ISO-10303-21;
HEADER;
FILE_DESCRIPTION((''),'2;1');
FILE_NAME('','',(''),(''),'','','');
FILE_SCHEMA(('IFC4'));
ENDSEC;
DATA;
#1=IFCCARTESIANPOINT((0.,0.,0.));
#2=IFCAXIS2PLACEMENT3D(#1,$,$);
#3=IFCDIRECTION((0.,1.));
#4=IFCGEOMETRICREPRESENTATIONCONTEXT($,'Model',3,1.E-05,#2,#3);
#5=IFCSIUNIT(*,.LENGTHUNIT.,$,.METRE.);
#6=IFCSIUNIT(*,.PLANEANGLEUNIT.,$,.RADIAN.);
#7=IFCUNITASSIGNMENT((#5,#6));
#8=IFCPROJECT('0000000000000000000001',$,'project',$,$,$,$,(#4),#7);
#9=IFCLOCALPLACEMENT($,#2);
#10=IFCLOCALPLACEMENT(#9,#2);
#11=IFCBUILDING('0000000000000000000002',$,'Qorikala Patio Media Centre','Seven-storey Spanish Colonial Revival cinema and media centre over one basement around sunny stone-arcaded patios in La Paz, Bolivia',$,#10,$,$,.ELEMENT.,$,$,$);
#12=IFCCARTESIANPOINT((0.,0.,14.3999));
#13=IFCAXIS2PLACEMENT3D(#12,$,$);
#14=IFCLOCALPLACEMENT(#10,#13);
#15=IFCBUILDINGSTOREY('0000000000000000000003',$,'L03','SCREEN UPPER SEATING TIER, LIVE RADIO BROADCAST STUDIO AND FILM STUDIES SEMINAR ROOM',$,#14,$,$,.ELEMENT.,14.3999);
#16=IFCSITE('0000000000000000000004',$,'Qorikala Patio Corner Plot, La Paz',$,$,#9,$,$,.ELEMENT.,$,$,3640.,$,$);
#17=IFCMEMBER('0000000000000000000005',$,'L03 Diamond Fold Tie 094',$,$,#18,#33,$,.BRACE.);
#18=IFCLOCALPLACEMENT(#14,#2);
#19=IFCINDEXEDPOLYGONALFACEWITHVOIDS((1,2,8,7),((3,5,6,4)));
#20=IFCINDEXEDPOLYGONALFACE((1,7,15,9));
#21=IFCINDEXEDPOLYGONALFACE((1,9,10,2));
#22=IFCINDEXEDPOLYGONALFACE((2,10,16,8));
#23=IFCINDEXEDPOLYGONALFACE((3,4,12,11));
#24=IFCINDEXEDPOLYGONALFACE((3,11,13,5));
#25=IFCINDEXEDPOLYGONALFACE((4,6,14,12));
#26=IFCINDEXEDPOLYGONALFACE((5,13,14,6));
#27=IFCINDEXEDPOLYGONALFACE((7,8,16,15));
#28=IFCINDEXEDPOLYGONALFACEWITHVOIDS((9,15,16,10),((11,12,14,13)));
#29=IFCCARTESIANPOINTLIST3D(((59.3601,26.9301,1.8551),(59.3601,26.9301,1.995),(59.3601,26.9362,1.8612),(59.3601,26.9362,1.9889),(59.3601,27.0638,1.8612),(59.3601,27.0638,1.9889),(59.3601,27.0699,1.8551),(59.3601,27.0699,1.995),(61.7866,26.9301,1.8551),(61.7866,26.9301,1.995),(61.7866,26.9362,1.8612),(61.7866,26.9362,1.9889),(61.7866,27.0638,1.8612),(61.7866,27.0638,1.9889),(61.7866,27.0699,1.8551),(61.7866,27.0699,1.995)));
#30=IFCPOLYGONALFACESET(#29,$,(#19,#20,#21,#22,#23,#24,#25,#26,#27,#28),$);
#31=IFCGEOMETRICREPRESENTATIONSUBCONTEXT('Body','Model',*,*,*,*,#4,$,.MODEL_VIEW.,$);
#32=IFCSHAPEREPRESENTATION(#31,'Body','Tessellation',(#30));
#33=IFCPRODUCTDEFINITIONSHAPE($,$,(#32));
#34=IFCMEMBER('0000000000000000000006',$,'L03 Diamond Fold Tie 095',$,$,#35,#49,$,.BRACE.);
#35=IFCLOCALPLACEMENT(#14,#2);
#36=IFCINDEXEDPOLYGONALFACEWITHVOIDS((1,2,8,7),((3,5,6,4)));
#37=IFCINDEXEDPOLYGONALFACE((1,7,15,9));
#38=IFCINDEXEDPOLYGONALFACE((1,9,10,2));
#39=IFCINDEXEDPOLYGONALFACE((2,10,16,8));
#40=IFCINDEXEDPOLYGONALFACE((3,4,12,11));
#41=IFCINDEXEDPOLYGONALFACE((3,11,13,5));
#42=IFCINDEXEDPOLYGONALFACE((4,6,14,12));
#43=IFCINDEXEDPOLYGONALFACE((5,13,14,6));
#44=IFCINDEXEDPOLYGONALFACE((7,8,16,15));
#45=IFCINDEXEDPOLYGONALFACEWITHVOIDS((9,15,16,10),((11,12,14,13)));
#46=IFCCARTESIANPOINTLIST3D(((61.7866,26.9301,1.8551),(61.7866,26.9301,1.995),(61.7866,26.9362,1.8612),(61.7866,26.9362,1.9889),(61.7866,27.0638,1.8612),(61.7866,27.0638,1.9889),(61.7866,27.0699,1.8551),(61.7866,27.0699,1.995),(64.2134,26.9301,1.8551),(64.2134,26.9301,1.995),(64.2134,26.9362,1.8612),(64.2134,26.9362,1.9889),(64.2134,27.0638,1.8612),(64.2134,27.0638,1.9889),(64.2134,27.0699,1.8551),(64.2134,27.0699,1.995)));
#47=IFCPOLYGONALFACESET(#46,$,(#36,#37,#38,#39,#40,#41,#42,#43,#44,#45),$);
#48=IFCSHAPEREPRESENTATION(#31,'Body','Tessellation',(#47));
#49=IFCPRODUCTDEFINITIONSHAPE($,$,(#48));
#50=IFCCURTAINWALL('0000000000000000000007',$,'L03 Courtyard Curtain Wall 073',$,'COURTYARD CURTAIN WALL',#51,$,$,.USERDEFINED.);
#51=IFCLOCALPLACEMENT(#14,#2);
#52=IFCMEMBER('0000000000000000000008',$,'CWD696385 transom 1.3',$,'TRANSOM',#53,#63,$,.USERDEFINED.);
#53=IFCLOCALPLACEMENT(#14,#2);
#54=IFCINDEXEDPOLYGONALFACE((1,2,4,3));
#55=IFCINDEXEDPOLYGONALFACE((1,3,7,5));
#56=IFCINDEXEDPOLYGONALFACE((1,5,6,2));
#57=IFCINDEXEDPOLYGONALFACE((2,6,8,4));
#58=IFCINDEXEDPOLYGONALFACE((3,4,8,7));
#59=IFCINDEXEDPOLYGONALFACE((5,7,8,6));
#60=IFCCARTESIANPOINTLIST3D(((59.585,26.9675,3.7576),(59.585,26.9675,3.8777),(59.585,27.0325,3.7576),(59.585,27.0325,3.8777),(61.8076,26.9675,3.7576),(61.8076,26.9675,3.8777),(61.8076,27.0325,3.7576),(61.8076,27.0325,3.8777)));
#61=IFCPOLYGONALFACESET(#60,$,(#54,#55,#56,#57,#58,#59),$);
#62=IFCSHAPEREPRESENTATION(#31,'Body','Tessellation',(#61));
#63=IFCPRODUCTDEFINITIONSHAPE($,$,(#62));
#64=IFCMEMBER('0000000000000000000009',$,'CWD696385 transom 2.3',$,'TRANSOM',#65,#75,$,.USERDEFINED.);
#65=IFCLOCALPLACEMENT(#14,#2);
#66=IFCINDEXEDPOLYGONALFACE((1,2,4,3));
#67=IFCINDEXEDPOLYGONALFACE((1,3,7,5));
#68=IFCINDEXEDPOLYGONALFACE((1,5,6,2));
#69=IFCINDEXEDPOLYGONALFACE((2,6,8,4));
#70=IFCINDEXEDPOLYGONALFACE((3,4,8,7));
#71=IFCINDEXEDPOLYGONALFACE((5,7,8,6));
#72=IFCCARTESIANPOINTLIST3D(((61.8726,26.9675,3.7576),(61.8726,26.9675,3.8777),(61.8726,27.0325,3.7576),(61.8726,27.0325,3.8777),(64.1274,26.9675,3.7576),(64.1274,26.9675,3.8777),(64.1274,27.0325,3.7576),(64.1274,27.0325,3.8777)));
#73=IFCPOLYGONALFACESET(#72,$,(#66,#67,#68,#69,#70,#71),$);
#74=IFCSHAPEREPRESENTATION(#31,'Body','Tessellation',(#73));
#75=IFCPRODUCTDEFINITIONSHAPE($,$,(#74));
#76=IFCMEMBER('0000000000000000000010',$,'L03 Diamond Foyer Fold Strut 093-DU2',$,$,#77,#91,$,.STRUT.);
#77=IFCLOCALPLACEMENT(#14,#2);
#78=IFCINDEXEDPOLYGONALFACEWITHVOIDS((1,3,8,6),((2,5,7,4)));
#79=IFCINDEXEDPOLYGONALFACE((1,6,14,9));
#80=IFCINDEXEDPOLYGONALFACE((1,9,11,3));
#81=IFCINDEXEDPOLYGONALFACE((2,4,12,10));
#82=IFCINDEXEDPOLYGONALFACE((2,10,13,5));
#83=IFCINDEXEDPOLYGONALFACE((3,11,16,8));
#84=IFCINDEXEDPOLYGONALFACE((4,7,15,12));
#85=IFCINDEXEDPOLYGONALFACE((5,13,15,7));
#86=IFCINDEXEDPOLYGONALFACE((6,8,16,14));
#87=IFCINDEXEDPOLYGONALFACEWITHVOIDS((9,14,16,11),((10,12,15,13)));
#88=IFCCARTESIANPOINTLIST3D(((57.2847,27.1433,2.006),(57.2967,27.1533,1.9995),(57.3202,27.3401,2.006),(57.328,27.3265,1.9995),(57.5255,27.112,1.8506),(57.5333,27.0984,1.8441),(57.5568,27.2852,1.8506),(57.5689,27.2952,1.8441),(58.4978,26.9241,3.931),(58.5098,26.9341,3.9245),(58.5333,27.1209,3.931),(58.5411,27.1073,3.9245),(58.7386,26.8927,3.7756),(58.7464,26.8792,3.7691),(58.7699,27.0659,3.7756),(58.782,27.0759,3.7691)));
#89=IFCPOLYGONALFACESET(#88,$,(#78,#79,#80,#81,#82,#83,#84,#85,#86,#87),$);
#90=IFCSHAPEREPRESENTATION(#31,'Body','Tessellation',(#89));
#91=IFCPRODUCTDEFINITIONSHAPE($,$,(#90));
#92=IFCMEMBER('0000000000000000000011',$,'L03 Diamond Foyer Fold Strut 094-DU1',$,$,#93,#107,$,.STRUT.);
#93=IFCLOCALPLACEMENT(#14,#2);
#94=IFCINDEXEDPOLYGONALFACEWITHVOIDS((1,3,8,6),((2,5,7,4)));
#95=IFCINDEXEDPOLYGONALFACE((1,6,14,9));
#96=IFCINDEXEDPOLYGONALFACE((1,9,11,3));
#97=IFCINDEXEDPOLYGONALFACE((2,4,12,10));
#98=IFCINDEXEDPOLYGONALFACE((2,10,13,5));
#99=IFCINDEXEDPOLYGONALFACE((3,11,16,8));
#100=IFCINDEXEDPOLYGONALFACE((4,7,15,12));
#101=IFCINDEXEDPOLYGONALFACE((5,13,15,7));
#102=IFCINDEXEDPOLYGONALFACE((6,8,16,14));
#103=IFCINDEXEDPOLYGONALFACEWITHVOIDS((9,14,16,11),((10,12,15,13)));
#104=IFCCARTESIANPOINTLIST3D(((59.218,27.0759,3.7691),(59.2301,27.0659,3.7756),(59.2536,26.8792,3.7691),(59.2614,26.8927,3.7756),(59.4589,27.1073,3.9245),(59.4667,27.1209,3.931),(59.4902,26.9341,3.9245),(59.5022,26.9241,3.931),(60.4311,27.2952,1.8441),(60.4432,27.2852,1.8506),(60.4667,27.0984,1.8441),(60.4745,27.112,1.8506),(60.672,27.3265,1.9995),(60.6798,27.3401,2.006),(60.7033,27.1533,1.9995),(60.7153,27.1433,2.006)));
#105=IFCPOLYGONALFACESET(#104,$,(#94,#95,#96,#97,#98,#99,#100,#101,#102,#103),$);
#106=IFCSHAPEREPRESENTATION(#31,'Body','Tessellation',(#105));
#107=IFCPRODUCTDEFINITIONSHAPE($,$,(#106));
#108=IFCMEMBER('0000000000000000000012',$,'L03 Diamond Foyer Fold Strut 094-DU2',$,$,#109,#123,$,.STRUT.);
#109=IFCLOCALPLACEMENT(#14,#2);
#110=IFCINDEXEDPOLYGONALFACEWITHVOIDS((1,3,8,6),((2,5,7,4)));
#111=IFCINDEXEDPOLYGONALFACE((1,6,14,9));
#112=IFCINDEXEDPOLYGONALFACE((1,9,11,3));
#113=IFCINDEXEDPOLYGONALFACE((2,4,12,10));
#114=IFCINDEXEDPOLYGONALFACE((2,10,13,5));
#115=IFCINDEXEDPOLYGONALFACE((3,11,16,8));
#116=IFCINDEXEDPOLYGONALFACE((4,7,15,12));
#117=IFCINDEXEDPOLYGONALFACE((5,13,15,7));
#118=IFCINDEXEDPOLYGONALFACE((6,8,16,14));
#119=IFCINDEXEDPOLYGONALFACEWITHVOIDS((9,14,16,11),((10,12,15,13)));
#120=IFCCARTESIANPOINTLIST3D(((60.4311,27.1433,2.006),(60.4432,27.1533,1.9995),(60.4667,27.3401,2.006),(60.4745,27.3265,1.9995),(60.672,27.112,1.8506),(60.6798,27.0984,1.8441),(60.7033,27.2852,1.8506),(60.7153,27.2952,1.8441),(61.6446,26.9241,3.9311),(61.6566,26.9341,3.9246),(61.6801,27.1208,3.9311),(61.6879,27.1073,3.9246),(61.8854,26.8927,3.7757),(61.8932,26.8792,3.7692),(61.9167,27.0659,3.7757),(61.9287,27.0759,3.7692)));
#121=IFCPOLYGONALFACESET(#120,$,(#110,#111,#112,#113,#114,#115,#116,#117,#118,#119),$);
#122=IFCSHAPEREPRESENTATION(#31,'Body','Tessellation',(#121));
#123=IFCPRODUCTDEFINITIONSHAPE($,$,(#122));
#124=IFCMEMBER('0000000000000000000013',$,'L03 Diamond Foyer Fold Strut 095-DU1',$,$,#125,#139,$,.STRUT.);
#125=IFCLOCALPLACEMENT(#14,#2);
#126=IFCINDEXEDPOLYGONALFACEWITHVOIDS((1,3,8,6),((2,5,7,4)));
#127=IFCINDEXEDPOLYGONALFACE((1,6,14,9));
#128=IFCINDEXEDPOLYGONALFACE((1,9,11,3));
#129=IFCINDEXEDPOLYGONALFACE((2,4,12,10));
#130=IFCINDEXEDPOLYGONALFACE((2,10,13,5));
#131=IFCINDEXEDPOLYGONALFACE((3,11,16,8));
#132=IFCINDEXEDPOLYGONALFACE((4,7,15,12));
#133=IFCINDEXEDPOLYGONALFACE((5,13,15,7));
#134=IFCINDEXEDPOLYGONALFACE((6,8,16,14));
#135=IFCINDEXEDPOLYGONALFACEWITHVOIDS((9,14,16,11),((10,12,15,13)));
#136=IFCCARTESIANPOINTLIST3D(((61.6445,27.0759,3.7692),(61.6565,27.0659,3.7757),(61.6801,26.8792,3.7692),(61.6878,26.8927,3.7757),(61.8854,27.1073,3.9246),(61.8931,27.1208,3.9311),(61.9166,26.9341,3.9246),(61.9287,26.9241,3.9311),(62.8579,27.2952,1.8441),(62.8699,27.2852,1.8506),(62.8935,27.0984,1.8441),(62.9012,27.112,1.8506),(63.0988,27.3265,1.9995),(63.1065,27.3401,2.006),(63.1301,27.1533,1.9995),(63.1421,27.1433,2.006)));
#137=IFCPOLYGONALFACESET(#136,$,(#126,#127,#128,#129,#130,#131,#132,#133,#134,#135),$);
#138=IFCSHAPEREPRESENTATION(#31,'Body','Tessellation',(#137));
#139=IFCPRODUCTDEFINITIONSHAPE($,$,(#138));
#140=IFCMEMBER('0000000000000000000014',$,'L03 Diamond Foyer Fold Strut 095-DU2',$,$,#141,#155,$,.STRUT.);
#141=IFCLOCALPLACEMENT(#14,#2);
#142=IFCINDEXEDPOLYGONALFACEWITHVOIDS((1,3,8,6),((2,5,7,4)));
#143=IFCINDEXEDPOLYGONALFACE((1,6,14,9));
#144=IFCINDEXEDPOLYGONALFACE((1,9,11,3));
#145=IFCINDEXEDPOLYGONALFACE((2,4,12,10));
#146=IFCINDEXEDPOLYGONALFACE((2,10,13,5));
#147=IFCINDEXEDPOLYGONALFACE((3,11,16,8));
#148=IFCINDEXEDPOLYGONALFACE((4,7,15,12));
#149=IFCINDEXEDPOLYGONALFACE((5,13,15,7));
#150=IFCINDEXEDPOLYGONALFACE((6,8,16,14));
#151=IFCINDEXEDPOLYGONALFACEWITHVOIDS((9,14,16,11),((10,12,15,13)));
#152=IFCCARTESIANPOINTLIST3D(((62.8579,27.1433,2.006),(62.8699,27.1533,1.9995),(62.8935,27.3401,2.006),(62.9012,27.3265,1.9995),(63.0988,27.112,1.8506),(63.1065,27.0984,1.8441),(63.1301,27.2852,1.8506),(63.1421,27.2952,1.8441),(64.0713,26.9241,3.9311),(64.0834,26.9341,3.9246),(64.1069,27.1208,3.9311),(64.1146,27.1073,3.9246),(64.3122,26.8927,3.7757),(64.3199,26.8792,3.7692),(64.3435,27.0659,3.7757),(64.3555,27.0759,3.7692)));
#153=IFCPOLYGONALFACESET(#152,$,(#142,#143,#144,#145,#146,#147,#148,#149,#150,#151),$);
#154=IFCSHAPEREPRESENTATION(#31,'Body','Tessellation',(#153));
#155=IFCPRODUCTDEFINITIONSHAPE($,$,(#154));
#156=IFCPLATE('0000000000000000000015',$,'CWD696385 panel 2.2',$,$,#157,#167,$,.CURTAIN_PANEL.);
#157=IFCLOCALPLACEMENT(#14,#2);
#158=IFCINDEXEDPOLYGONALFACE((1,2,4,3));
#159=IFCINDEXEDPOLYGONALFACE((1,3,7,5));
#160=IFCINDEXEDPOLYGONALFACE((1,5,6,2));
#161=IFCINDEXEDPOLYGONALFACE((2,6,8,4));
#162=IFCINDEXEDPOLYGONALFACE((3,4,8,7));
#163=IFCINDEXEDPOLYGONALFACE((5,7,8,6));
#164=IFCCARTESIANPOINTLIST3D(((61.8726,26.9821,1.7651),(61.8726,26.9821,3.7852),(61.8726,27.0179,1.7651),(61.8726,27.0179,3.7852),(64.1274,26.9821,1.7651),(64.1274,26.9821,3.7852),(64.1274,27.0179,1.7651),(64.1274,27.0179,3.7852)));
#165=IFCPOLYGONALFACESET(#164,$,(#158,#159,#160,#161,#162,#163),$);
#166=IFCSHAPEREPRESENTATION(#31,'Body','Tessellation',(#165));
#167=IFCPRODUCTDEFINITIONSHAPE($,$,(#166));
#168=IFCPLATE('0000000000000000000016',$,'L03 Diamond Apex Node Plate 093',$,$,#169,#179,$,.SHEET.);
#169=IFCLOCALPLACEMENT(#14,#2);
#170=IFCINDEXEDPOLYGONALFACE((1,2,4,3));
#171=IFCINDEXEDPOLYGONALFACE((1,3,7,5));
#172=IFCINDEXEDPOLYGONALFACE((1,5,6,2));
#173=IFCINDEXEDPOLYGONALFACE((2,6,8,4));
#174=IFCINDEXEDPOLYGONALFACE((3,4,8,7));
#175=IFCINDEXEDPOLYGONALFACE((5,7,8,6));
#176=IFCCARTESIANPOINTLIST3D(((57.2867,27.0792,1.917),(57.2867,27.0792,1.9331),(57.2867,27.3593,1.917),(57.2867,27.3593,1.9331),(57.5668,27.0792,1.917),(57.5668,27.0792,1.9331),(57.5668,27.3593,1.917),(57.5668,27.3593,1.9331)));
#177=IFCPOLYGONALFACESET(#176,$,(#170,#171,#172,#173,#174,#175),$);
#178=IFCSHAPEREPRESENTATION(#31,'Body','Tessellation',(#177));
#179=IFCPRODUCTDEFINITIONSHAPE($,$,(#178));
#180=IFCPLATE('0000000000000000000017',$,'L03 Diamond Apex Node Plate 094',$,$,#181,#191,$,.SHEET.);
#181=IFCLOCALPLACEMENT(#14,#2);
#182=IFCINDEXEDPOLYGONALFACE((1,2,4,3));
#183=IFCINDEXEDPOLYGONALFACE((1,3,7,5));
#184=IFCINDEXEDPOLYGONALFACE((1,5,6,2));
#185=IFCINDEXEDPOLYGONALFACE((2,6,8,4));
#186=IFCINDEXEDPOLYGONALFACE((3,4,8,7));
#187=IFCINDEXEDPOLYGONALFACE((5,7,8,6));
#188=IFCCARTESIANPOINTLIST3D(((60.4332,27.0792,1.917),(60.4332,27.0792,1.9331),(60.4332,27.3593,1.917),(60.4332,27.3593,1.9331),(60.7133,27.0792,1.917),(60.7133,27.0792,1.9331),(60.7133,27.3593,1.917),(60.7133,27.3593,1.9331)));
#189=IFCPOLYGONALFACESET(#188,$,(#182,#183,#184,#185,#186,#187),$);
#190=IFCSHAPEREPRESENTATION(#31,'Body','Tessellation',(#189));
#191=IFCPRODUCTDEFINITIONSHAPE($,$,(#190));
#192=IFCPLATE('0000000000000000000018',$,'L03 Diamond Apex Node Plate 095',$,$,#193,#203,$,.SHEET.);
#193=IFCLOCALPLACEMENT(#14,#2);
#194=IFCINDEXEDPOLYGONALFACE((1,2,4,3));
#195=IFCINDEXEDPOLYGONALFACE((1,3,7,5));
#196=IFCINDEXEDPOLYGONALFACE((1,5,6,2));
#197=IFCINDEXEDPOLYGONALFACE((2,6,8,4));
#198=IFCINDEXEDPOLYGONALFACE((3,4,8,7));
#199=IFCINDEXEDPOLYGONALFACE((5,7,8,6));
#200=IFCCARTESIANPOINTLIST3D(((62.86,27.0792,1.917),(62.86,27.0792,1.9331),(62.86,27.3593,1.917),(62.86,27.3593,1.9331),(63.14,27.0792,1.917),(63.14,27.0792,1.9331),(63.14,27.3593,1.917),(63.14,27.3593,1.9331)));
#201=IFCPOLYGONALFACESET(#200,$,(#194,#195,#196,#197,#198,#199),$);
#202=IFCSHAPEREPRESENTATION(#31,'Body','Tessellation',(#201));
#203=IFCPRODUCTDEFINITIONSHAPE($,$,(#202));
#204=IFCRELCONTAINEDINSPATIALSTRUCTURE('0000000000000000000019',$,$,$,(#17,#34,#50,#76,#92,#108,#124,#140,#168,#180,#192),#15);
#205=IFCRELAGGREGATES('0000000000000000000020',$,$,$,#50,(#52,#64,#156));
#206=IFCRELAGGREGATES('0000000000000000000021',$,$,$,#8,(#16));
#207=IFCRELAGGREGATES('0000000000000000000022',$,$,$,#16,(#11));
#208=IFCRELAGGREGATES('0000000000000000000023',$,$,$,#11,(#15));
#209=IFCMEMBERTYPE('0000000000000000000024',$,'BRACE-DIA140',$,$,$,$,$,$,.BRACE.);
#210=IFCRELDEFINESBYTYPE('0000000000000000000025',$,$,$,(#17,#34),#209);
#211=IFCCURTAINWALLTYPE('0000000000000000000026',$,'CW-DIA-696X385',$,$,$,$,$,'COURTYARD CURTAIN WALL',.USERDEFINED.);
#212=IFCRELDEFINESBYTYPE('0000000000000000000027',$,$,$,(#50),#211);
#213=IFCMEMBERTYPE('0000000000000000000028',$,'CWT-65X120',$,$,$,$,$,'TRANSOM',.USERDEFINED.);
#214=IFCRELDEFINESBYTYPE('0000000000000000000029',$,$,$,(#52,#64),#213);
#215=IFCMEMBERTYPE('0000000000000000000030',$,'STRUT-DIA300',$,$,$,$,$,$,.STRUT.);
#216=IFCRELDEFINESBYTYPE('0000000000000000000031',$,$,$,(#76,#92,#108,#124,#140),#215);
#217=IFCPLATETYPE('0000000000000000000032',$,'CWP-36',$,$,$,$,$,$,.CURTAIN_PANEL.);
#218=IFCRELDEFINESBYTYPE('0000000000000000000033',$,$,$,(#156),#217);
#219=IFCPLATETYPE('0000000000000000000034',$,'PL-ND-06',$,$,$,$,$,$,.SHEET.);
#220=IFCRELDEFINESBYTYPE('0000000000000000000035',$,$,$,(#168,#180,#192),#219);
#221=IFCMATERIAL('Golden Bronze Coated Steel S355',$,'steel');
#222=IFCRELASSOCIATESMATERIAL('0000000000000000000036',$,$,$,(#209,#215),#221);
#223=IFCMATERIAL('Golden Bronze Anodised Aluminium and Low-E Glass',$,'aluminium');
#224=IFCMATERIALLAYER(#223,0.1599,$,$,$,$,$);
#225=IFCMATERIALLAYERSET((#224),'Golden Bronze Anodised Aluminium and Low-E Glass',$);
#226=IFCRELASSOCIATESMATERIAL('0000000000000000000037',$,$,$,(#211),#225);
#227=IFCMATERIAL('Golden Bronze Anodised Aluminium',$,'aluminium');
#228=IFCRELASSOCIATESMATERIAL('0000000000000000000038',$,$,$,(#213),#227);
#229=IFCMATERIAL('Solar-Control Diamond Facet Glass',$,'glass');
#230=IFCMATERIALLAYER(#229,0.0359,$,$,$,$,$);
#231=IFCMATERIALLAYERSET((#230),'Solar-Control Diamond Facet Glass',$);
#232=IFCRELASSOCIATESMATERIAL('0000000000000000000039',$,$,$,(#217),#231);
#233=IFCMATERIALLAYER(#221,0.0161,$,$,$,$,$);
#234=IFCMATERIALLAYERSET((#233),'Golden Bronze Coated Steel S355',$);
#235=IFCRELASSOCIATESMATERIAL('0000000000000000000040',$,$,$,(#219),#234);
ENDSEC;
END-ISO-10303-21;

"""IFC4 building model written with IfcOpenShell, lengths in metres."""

from ifc_helpers import new_model, si_unit, direction, frame, origin, origin_2d, place, context, subcontext, project, spatial, rectangle, hollow_rectangle, extrude, material, layer, layer_set, material_profile, profile_set, type_object, element, aggregate, save


model = new_model("IFC4")

# Units and contexts
model_context = context("Model", 3, precision=1e-05, world=origin(), true_north=direction((0.0, 1.0)))
body_context = subcontext(model_context, "Body", "Model", "MODEL_VIEW")
ifc_project = project(units=[si_unit("LENGTHUNIT", "METRE"), si_unit("PLANEANGLEUNIT", "RADIAN")], contexts=[model_context])

# Site, building, storey
site_placement = place(None, origin())
site = spatial("IfcSite", under=ifc_project, at=site_placement, Name="Qorikala Patio Corner Plot, La Paz", CompositionType="ELEMENT", RefElevation=3640.0)
building_placement = place(site_placement, origin())
building = spatial("IfcBuilding", under=site, at=building_placement, Name="Qorikala Patio Media Centre", Description="Seven-storey Spanish Colonial Revival cinema and media centre over one basement around sunny stone-arcaded patios in La Paz, Bolivia", CompositionType="ELEMENT")
storey_placement = place(building_placement, frame((0.0, 0.0, 14.3999)))
storey = spatial("IfcBuildingStorey", under=building, at=storey_placement, Name="L03", Description="SCREEN UPPER SEATING TIER, LIVE RADIO BROADCAST STUDIO AND FILM STUDIES SEMINAR ROOM", CompositionType="ELEMENT", Elevation=14.3999)

# Members
ifc_material_1 = material(Name="Golden Bronze Coated Steel S355", Category="steel")
ifc_material_profile_1 = material_profile(ifc_material_1, hollow_rectangle(XDim=0.1399, YDim=0.1399, WallThickness=0.0061, at=origin_2d()), Name="HSS140X140X6")
ifc_profile_set_1 = profile_set([ifc_material_profile_1], Name="Golden Bronze Coated Steel S355")
member_type_1 = type_object("IfcMemberType", Name="BRACE-DIA140", PredefinedType="BRACE", material=ifc_profile_set_1)
member_1_placement = place(storey_placement, frame((59.3601, 27.0, 1.925), z_axis=(1.0, 0.0, 0.0), x_axis=(0.0, 1.0, 0.0)))
element("IfcMember", 1, at=member_1_placement, inside=storey, type_object=member_type_1, Name="L03 Diamond Fold Tie 094", PredefinedType="BRACE", context=body_context, shape_type="SweptSolid", body=[
    extrude(hollow_rectangle(XDim=0.1399, YDim=0.1399, WallThickness=0.0061, at=origin_2d()), origin(), (0.0, 0.0, 1.0), 2.4265),
])
member_2_placement = place(storey_placement, frame((61.7866, 27.0, 1.925), z_axis=(1.0, 0.0, 0.0), x_axis=(0.0, 1.0, 0.0)))
element("IfcMember", 2, at=member_2_placement, inside=storey, type_object=member_type_1, Name="L03 Diamond Fold Tie 095", PredefinedType="BRACE", context=body_context, shape_type="SweptSolid", body=[
    extrude(hollow_rectangle(XDim=0.1399, YDim=0.1399, WallThickness=0.0061, at=origin_2d()), origin(), (0.0, 0.0, 1.0), 2.4268),
])

# Curtain wall, members
ifc_material_2 = material(Name="Golden Bronze Anodised Aluminium and Low-E Glass", Category="aluminium")
ifc_layer_1 = layer(ifc_material_2, 0.1599)
ifc_layer_set_1 = layer_set([ifc_layer_1], Name="Golden Bronze Anodised Aluminium and Low-E Glass")
curtain_wall_type = type_object("IfcCurtainWallType", Name="CW-DIA-696X385", ElementType="COURTYARD CURTAIN WALL", PredefinedType="USERDEFINED", material=ifc_layer_set_1)
curtain_wall_placement = place(storey_placement, origin())
curtain_wall = element("IfcCurtainWall", 3, at=curtain_wall_placement, inside=storey, type_object=curtain_wall_type, Name="L03 Courtyard Curtain Wall 073", ObjectType="COURTYARD CURTAIN WALL", PredefinedType="USERDEFINED")
ifc_material_3 = material(Name="Golden Bronze Anodised Aluminium", Category="aluminium")
ifc_material_profile_2 = material_profile(ifc_material_3, rectangle(XDim=0.0649, YDim=0.1201, at=origin_2d()), Name="ALU TRANSOM 65x120")
ifc_profile_set_2 = profile_set([ifc_material_profile_2], Name="Golden Bronze Anodised Aluminium")
member_type_2 = type_object("IfcMemberType", Name="CWT-65X120", ElementType="TRANSOM", PredefinedType="USERDEFINED", material=ifc_profile_set_2)
member_3_placement = place(storey_placement, frame((59.585, 27.0, 3.8176), z_axis=(1.0, 0.0, 0.0), x_axis=(0.0, 1.0, 0.0)))
member_3 = element("IfcMember", 4, at=member_3_placement, type_object=member_type_2, Name="CWD696385 transom 1.3", ObjectType="TRANSOM", PredefinedType="USERDEFINED", context=body_context, shape_type="SweptSolid", body=[
    extrude(rectangle(XDim=0.0649, YDim=0.1201, at=origin_2d()), origin(), (0.0, 0.0, 1.0), 2.2227),
])
member_4_placement = place(storey_placement, frame((61.8726, 27.0, 3.8176), z_axis=(1.0, 0.0, 0.0), x_axis=(0.0, 1.0, 0.0)))
member_4 = element("IfcMember", 5, at=member_4_placement, type_object=member_type_2, Name="CWD696385 transom 2.3", ObjectType="TRANSOM", PredefinedType="USERDEFINED", context=body_context, shape_type="SweptSolid", body=[
    extrude(rectangle(XDim=0.0649, YDim=0.1201, at=origin_2d()), origin(), (0.0, 0.0, 1.0), 2.2549),
])

# Members
ifc_material_profile_3 = material_profile(ifc_material_1, hollow_rectangle(XDim=0.2, YDim=0.3, WallThickness=0.012, at=origin_2d()), Name="HSS300X200X12")
ifc_profile_set_3 = profile_set([ifc_material_profile_3], Name="Golden Bronze Coated Steel S355")
member_type_3 = type_object("IfcMemberType", Name="STRUT-DIA300", PredefinedType="STRUT", material=ifc_profile_set_3)
for number, where, z_axis, x_axis, name in (
    (6, (57.4268, 27.2192, 1.925), (0.530691, -0.095907, 0.842121), (0.17784, 0.984059, 0.0), "L03 Diamond Foyer Fold Strut 093-DU2"),
    (7, (60.5732, 27.2192, 1.925), (-0.530691, -0.095907, 0.842121), (0.17784, -0.984059, 0.0), "L03 Diamond Foyer Fold Strut 094-DU1"),
):
    element("IfcMember", number, at=place(storey_placement, frame(where, z_axis=z_axis, x_axis=x_axis)), inside=storey, type_object=member_type_3, Name=name, PredefinedType="STRUT", context=body_context, shape_type="SweptSolid", body=[
        extrude(hollow_rectangle(XDim=0.2, YDim=0.3, WallThickness=0.012, at=origin_2d()), origin(), (0.0, 0.0, 1.0), 2.2859),
    ])
for number, where, z_axis, x_axis, name in (
    (8, (60.5732, 27.2192, 1.925), (0.530768, -0.095901, 0.842074), (0.177805, 0.984066, 0.0), "L03 Diamond Foyer Fold Strut 094-DU2"),
    (9, (63.0, 27.2192, 1.925), (-0.530768, -0.095901, 0.842074), (0.177805, -0.984066, 0.0), "L03 Diamond Foyer Fold Strut 095-DU1"),
    (10, (63.0, 27.2192, 1.925), (0.530768, -0.095901, 0.842074), (0.177805, 0.984066, 0.0), "L03 Diamond Foyer Fold Strut 095-DU2"),
):
    element("IfcMember", number, at=place(storey_placement, frame(where, z_axis=z_axis, x_axis=x_axis)), inside=storey, type_object=member_type_3, Name=name, PredefinedType="STRUT", context=body_context, shape_type="SweptSolid", body=[
        extrude(hollow_rectangle(XDim=0.2, YDim=0.3, WallThickness=0.012, at=origin_2d()), origin(), (0.0, 0.0, 1.0), 2.2861),
    ])

# Plate
ifc_material_4 = material(Name="Solar-Control Diamond Facet Glass", Category="glass")
ifc_layer_2 = layer(ifc_material_4, 0.0359)
ifc_layer_set_2 = layer_set([ifc_layer_2], Name="Solar-Control Diamond Facet Glass")
plate_type_1 = type_object("IfcPlateType", Name="CWP-36", PredefinedType="CURTAIN_PANEL", material=ifc_layer_set_2)
plate_placement = place(storey_placement, frame((63.0, 27.0, 1.7651), z_axis=(0.0, 0.0, 1.0), x_axis=(1.0, 0.0, 0.0)))
plate = element("IfcPlate", 11, at=plate_placement, type_object=plate_type_1, Name="CWD696385 panel 2.2", PredefinedType="CURTAIN_PANEL", context=body_context, shape_type="SweptSolid", body=[
    extrude(rectangle(XDim=2.2549, YDim=0.0359, at=origin_2d()), origin(), (0.0, 0.0, 1.0), 2.02),
])
aggregate(curtain_wall, [member_3, member_4, plate])

# Plates
ifc_layer_3 = layer(ifc_material_1, 0.0161)
ifc_layer_set_3 = layer_set([ifc_layer_3], Name="Golden Bronze Coated Steel S355")
plate_type_2 = type_object("IfcPlateType", Name="PL-ND-06", PredefinedType="SHEET", material=ifc_layer_set_3)
for number, where, z_axis, x_axis, name in (
    (12, (57.4268, 27.2192, 1.917), (0.0, 0.0, 1.0), (1.0, 0.0, 0.0), "L03 Diamond Apex Node Plate 093"),
    (13, (60.5732, 27.2192, 1.917), (0.0, 0.0, 1.0), (1.0, 0.0, 0.0), "L03 Diamond Apex Node Plate 094"),
    (14, (63.0, 27.2192, 1.917), (0.0, 0.0, 1.0), (1.0, 0.0, 0.0), "L03 Diamond Apex Node Plate 095"),
):
    element("IfcPlate", number, at=place(storey_placement, frame(where, z_axis=z_axis, x_axis=x_axis)), inside=storey, type_object=plate_type_2, Name=name, PredefinedType="SHEET", context=body_context, shape_type="SweptSolid", body=[
        extrude(rectangle(XDim=0.28, YDim=0.28, at=origin_2d()), origin(), (0.0, 0.0, 1.0), 0.0161),
    ])

save(model, "model.ifc")
